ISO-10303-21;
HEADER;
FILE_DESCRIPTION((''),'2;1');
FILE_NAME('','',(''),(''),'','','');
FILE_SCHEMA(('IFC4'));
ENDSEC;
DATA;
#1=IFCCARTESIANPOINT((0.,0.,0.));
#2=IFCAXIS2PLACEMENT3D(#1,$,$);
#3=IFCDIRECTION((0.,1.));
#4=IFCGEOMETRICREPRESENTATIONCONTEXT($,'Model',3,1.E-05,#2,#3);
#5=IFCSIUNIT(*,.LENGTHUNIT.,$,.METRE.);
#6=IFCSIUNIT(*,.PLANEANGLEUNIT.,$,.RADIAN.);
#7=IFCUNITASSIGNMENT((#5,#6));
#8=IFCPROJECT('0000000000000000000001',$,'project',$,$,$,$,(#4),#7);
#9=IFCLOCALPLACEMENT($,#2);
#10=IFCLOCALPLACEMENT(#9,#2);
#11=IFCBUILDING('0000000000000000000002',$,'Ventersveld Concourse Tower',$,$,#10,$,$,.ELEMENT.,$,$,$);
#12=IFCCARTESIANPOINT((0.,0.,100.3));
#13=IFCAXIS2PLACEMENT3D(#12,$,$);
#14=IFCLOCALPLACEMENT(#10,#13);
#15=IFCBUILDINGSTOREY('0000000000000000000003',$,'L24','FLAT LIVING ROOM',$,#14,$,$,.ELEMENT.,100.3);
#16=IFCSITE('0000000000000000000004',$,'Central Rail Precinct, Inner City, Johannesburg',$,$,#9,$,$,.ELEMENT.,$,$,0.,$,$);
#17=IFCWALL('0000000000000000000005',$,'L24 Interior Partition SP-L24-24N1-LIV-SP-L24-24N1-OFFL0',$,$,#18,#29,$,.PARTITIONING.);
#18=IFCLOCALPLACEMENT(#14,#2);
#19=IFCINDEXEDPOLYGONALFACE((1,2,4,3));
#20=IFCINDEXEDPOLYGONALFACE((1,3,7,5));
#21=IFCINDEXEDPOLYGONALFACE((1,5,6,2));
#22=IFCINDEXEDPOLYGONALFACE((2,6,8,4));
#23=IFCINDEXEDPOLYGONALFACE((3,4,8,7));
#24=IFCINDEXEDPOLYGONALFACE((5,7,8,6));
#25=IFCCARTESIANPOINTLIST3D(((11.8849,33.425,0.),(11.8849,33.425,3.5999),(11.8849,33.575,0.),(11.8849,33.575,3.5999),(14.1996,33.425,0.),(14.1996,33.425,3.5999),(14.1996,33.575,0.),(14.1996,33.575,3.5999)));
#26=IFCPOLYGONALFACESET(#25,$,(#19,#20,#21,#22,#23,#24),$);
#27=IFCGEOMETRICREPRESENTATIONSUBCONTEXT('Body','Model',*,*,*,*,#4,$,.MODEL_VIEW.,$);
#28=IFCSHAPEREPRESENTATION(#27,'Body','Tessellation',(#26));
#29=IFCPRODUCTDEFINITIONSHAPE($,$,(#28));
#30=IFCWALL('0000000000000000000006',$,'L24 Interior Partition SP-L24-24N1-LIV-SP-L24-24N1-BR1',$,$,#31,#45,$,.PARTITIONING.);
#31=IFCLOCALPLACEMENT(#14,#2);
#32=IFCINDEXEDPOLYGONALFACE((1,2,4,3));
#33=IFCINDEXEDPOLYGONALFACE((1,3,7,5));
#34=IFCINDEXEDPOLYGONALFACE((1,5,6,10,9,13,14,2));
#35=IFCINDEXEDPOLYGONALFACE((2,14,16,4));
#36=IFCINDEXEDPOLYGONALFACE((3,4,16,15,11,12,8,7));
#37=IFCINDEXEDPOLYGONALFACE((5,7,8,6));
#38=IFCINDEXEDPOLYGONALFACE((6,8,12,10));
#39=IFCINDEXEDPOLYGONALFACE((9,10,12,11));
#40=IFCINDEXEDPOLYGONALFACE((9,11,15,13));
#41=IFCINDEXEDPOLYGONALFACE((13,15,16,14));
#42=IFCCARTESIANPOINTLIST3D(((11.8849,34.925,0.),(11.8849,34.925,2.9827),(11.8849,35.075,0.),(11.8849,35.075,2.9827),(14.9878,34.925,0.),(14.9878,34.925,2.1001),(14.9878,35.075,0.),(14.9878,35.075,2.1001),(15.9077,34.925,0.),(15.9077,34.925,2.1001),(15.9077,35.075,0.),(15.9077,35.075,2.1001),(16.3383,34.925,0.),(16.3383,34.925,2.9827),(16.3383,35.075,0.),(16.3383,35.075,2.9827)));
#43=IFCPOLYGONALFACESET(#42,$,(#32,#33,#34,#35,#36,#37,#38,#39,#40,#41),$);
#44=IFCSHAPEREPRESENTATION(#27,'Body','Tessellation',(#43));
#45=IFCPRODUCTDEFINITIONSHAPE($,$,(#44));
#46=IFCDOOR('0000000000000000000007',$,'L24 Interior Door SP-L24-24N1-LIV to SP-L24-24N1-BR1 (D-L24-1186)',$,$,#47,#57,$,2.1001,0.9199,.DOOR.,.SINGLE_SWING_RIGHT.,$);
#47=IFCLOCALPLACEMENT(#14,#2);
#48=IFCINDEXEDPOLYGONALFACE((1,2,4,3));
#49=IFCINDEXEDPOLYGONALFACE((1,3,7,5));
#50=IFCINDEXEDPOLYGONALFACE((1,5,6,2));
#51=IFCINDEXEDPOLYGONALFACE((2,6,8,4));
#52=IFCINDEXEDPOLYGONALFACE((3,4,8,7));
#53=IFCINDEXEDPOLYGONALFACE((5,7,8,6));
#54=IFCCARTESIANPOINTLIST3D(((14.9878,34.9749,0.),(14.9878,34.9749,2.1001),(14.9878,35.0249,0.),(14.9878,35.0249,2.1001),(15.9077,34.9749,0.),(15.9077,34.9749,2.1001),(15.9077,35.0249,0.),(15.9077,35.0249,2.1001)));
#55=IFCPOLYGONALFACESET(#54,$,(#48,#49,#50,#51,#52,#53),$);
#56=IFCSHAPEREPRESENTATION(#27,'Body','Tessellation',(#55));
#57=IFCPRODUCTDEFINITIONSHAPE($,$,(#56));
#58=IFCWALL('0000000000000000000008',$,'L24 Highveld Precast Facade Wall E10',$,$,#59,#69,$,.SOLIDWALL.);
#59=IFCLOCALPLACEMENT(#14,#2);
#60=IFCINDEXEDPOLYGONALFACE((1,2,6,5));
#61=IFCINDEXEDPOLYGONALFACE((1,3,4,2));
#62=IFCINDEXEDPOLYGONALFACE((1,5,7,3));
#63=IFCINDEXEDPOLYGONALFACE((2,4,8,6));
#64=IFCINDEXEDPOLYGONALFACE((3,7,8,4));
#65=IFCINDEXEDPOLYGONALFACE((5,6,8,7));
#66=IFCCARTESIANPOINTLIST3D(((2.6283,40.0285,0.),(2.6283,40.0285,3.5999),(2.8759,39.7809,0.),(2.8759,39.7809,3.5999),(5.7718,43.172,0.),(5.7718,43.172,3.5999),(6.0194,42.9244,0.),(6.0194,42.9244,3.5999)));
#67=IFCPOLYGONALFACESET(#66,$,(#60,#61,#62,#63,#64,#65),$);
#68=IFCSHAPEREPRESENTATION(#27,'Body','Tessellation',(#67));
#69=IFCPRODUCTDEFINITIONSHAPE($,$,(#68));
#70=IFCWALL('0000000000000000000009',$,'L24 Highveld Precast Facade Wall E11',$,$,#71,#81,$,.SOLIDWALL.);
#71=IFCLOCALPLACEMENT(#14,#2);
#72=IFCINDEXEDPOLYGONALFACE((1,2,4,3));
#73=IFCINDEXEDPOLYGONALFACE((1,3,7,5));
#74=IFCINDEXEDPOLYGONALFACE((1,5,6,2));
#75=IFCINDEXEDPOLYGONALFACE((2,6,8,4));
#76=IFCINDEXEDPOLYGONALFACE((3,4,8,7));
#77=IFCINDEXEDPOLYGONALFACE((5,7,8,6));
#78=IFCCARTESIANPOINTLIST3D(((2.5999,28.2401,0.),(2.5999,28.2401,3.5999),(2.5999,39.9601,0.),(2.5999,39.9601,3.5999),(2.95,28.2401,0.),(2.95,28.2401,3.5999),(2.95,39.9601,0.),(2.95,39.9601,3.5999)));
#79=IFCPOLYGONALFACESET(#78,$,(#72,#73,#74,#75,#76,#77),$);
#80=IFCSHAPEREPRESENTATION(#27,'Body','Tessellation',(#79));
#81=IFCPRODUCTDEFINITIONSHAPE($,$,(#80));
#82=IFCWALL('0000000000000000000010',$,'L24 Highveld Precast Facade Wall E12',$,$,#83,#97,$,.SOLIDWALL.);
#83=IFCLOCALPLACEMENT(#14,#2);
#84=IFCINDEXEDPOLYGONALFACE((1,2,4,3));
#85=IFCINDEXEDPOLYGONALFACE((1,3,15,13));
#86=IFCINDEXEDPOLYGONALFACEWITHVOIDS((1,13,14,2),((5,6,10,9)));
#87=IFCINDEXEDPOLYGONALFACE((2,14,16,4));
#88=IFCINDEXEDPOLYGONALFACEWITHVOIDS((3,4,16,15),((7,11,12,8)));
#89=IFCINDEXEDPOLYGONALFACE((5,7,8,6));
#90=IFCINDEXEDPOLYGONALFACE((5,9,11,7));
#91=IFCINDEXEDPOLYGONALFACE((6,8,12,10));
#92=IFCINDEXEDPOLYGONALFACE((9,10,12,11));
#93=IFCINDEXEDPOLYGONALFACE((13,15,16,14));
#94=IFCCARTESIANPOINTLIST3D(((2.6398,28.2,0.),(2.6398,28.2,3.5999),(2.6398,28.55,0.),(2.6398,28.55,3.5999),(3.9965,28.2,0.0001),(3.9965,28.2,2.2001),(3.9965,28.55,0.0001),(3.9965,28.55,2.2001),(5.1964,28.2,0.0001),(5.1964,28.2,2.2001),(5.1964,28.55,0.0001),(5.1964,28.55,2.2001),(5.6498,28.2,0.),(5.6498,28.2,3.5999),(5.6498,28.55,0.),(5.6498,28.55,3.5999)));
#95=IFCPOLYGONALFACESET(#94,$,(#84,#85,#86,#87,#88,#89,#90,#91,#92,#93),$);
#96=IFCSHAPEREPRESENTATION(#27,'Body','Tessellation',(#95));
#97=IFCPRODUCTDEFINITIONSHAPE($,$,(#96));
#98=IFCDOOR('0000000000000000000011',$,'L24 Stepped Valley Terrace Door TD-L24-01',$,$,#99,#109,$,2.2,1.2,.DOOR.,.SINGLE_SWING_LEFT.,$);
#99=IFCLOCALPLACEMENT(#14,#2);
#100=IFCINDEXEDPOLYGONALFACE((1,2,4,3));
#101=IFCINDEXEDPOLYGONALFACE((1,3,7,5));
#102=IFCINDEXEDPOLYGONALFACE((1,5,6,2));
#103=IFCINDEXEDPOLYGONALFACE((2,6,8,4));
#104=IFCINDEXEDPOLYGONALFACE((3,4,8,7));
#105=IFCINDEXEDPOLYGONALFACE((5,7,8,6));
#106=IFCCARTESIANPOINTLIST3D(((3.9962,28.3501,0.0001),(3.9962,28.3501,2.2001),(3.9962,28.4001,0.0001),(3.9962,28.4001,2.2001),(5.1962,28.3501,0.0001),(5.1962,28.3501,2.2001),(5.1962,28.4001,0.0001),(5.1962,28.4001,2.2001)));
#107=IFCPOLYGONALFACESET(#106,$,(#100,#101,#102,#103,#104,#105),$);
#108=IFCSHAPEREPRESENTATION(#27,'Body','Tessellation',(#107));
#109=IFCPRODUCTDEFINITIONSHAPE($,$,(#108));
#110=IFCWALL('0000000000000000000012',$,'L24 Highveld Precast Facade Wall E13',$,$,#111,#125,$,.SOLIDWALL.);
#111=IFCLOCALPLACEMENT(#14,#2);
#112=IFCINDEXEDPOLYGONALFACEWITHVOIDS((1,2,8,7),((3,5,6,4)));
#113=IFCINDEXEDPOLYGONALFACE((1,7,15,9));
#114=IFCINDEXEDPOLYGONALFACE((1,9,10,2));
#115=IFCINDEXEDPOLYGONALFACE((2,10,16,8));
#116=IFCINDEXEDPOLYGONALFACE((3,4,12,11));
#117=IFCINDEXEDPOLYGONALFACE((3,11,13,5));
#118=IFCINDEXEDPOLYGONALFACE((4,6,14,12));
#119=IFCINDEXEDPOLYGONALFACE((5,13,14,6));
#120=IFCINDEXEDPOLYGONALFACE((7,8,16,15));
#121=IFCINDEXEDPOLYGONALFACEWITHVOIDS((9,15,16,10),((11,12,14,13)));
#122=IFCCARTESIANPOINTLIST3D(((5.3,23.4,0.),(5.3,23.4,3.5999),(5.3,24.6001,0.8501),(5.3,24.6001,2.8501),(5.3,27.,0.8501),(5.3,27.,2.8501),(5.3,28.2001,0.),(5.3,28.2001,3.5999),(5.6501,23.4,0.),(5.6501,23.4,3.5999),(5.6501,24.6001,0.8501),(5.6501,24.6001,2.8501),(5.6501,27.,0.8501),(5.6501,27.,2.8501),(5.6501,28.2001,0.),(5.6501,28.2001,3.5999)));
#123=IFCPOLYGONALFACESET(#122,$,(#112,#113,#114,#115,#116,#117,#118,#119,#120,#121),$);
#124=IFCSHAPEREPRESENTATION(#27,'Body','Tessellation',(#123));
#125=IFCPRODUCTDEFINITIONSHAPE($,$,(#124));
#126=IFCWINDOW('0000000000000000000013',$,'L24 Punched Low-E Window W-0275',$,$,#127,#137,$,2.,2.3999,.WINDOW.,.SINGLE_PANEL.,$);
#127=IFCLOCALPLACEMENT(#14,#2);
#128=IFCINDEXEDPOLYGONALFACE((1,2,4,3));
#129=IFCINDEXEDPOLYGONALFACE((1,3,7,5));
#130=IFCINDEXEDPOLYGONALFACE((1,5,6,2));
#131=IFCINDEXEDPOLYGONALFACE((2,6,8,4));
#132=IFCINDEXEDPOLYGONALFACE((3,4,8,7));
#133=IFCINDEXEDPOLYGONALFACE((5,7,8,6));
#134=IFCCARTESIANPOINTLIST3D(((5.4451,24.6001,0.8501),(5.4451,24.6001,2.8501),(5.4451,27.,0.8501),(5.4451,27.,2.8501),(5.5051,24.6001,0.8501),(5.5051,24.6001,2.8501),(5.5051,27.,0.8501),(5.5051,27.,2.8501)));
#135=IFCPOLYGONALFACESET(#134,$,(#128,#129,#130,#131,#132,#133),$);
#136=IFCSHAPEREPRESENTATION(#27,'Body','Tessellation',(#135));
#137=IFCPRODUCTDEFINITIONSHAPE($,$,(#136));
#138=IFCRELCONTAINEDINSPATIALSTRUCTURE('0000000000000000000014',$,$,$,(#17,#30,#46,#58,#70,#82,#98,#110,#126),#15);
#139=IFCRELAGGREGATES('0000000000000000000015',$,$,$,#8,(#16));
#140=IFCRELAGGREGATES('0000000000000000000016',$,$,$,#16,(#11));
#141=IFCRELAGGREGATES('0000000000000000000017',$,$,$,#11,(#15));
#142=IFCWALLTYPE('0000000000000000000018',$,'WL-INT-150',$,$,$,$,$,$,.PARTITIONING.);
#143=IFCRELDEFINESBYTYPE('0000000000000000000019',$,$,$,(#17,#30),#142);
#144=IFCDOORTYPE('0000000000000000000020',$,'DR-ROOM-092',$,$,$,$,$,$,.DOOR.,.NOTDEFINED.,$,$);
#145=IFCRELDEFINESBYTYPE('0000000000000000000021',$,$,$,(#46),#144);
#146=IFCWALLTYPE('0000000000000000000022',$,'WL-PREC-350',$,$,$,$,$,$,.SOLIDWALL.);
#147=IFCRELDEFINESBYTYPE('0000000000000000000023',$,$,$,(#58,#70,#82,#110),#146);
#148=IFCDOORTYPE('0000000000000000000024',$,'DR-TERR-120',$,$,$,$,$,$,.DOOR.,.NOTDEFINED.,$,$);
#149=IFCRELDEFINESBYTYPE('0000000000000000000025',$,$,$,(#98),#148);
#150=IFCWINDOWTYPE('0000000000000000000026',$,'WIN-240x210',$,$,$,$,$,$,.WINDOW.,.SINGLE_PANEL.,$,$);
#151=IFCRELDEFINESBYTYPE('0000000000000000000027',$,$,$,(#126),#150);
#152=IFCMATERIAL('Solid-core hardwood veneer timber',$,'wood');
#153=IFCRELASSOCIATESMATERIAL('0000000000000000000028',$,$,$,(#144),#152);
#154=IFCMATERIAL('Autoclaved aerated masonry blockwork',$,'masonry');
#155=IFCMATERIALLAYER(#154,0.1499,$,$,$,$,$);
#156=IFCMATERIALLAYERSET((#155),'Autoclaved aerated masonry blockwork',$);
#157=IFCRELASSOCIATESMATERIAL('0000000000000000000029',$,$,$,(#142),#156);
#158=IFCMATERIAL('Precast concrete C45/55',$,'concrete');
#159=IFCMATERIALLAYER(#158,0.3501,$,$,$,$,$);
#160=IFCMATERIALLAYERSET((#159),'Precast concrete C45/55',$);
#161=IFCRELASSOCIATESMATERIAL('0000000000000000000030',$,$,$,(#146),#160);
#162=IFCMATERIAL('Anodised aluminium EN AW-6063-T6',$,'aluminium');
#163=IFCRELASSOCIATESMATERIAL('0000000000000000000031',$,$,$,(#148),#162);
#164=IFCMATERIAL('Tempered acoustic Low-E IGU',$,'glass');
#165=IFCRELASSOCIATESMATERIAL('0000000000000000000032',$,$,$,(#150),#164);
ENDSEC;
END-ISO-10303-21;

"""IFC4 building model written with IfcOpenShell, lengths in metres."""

from ifc_helpers import new_model, si_unit, direction, frame, frame_2d, origin, place, context, subcontext, project, spatial, rectangle, extrude, material, layer, layer_set, type_object, element, fill, save


model = new_model("IFC4")

# Units and contexts
model_context = context("Model", 3, precision=1e-05, world=origin(), true_north=direction((0.0, 1.0)))
body_context = subcontext(model_context, "Body", "Model", "MODEL_VIEW")
ifc_project = project(units=[si_unit("LENGTHUNIT", "METRE"), si_unit("PLANEANGLEUNIT", "RADIAN")], contexts=[model_context])

# Site, building, storey
site_placement = place(None, origin())
site = spatial("IfcSite", under=ifc_project, at=site_placement, Name="Central Rail Precinct, Inner City, Johannesburg", CompositionType="ELEMENT", RefElevation=0.0)
building_placement = place(site_placement, origin())
building = spatial("IfcBuilding", under=site, at=building_placement, Name="Ventersveld Concourse Tower", CompositionType="ELEMENT")
storey_placement = place(building_placement, frame((0.0, 0.0, 100.3)))
storey = spatial("IfcBuildingStorey", under=building, at=storey_placement, Name="L24", Description="FLAT LIVING ROOM", CompositionType="ELEMENT", Elevation=100.3)

# Shared definitions
ifc_material_1 = material(Name="Solid-core hardwood veneer timber", Category="wood")
door_type_1 = type_object("IfcDoorType", Name="DR-ROOM-092", OperationType="NOTDEFINED", PredefinedType="DOOR", material=ifc_material_1)

# Wall
ifc_material_2 = material(Name="Autoclaved aerated masonry blockwork", Category="masonry")
ifc_layer_1 = layer(ifc_material_2, 0.1499)
ifc_layer_set_1 = layer_set([ifc_layer_1], Name="Autoclaved aerated masonry blockwork")
wall_type_1 = type_object("IfcWallType", Name="WL-INT-150", PredefinedType="PARTITIONING", material=ifc_layer_set_1)
wall_1_placement = place(storey_placement, frame((11.885, 33.5, 0.0), z_axis=(0.0, 0.0, 1.0), x_axis=(1.0, 0.0, 0.0)))
element("IfcWall", 1, at=wall_1_placement, inside=storey, type_object=wall_type_1, Name="L24 Interior Partition SP-L24-24N1-LIV-SP-L24-24N1-OFFL0", PredefinedType="PARTITIONING", context=body_context, shape_type="SweptSolid", body=[
    extrude(rectangle(XDim=2.3147, YDim=0.1499, at=frame_2d((1.1572, 0.0))), origin(), (0.0, 0.0, 1.0), 3.5999),
])

# Wall, opening, door
wall_2_placement = place(storey_placement, frame((11.885, 35.0, 0.0), z_axis=(0.0, 0.0, 1.0), x_axis=(1.0, 0.0, 0.0)))
wall_2 = element("IfcWall", 2, at=wall_2_placement, inside=storey, type_object=wall_type_1, Name="L24 Interior Partition SP-L24-24N1-LIV-SP-L24-24N1-BR1", PredefinedType="PARTITIONING", context=body_context, shape_type="SweptSolid", body=[
    extrude(rectangle(XDim=4.4534, YDim=0.1499, at=frame_2d((2.2266, 0.0))), origin(), (0.0, 0.0, 1.0), 2.9827),
])
opening_1_placement = place(wall_2_placement, frame((3.1028, 0.0, 0.0)))
opening_1 = element("IfcOpeningElement", 3, at=opening_1_placement, cuts=wall_2, PredefinedType="OPENING", context=body_context, shape_type="SweptSolid", body=[
    extrude(rectangle(XDim=0.9199, YDim=2.1001, at=frame_2d((0.46, 1.05))), frame((0.0, 0.085, 0.0), z_axis=(0.0, -1.0, 0.0), x_axis=(1.0, 0.0, 0.0)), (0.0, 0.0, 1.0), 0.1699),
])
door_1_placement = place(opening_1_placement, origin())
door_1 = element("IfcDoor", 4, at=door_1_placement, inside=storey, type_object=door_type_1, Name="L24 Interior Door SP-L24-24N1-LIV to SP-L24-24N1-BR1 (D-L24-1186)", OperationType="SINGLE_SWING_RIGHT", OverallHeight=2.1001, OverallWidth=0.9199, PredefinedType="DOOR", context=body_context, shape_type="SweptSolid", body=[
    extrude(rectangle(XDim=0.9199, YDim=2.1001, at=frame_2d((0.46, 1.05))), frame((0.0, 0.0249, 0.0), z_axis=(0.0, -1.0, 0.0), x_axis=(1.0, 0.0, 0.0)), (0.0, 0.0, 1.0), 0.05),
])
fill(opening_1, door_1)

# Walls
ifc_material_3 = material(Name="Precast concrete C45/55", Category="concrete")
ifc_layer_2 = layer(ifc_material_3, 0.3501)
ifc_layer_set_2 = layer_set([ifc_layer_2], Name="Precast concrete C45/55")
wall_type_2 = type_object("IfcWallType", Name="WL-PREC-350", PredefinedType="SOLIDWALL", material=ifc_layer_set_2)
wall_3_placement = place(storey_placement, frame((5.8955, 43.0481, 0.0), z_axis=(0.0, 0.0, 1.0), x_axis=(-0.707107, -0.707107, 0.0)))
element("IfcWall", 5, at=wall_3_placement, inside=storey, type_object=wall_type_2, Name="L24 Highveld Precast Facade Wall E10", PredefinedType="SOLIDWALL", context=body_context, shape_type="SweptSolid", body=[
    extrude(rectangle(XDim=4.4456, YDim=0.3501, at=frame_2d((2.2227, 0.0))), origin(), (0.0, 0.0, 1.0), 3.5999),
])
wall_4_placement = place(storey_placement, frame((2.7749, 39.96, 0.0), z_axis=(0.0, 0.0, 1.0), x_axis=(0.0, -1.0, 0.0)))
element("IfcWall", 6, at=wall_4_placement, inside=storey, type_object=wall_type_2, Name="L24 Highveld Precast Facade Wall E11", PredefinedType="SOLIDWALL", context=body_context, shape_type="SweptSolid", body=[
    extrude(rectangle(XDim=11.72, YDim=0.3501, at=frame_2d((5.8599, 0.0))), origin(), (0.0, 0.0, 1.0), 3.5999),
])

# Wall, opening, door
wall_5_placement = place(storey_placement, frame((2.6399, 28.375, 0.0), z_axis=(0.0, 0.0, 1.0), x_axis=(1.0, 0.0, 0.0)))
wall_5 = element("IfcWall", 7, at=wall_5_placement, inside=storey, type_object=wall_type_2, Name="L24 Highveld Precast Facade Wall E12", PredefinedType="SOLIDWALL", context=body_context, shape_type="SweptSolid", body=[
    extrude(rectangle(XDim=3.01, YDim=0.3501, at=frame_2d((1.5049, 0.0))), origin(), (0.0, 0.0, 1.0), 3.5999),
])
opening_2_placement = place(wall_5_placement, frame((1.3564, 0.0, 0.0)))
opening_2 = element("IfcOpeningElement", 8, at=opening_2_placement, cuts=wall_5, PredefinedType="OPENING", context=body_context, shape_type="SweptSolid", body=[
    extrude(rectangle(XDim=1.2, YDim=2.2, at=frame_2d((0.6001, 1.1001))), frame((0.0, 0.1851, 0.0), z_axis=(0.0, -1.0, 0.0), x_axis=(1.0, 0.0, 0.0)), (0.0, 0.0, 1.0), 0.3701),
])
ifc_material_4 = material(Name="Anodised aluminium EN AW-6063-T6", Category="aluminium")
door_type_2 = type_object("IfcDoorType", Name="DR-TERR-120", OperationType="NOTDEFINED", PredefinedType="DOOR", material=ifc_material_4)
door_2_placement = place(opening_2_placement, frame((1.2, 0.0, 0.0), z_axis=(0.0, 0.0, 1.0), x_axis=(-1.0, 0.0, 0.0)))
door_2 = element("IfcDoor", 9, at=door_2_placement, inside=storey, type_object=door_type_2, Name="L24 Stepped Valley Terrace Door TD-L24-01", OperationType="SINGLE_SWING_LEFT", OverallHeight=2.2, OverallWidth=1.2, PredefinedType="DOOR", context=body_context, shape_type="SweptSolid", body=[
    extrude(rectangle(XDim=1.2, YDim=2.2, at=frame_2d((0.6001, 1.1001))), frame((0.0, 0.0249, 0.0), z_axis=(0.0, -1.0, 0.0), x_axis=(1.0, 0.0, 0.0)), (0.0, 0.0, 1.0), 0.05),
])
fill(opening_2, door_2)

# Wall, opening, window
wall_6_placement = place(storey_placement, frame((5.4751, 28.2, 0.0), z_axis=(0.0, 0.0, 1.0), x_axis=(0.0, -1.0, 0.0)))
wall_6 = element("IfcWall", 10, at=wall_6_placement, inside=storey, type_object=wall_type_2, Name="L24 Highveld Precast Facade Wall E13", PredefinedType="SOLIDWALL", context=body_context, shape_type="SweptSolid", body=[
    extrude(rectangle(XDim=4.8, YDim=0.3501, at=frame_2d((2.3999, 0.0))), origin(), (0.0, 0.0, 1.0), 3.5999),
])
opening_3_placement = place(wall_6_placement, frame((1.2, 0.0, 0.8501)))
opening_3 = element("IfcOpeningElement", 11, at=opening_3_placement, cuts=wall_6, PredefinedType="OPENING", context=body_context, shape_type="SweptSolid", body=[
    extrude(rectangle(XDim=2.3999, YDim=2.0, at=frame_2d((1.2, 1.0))), frame((0.0, 0.1851, 0.0), z_axis=(0.0, -1.0, 0.0), x_axis=(1.0, 0.0, 0.0)), (0.0, 0.0, 1.0), 0.3701),
])
ifc_material_5 = material(Name="Tempered acoustic Low-E IGU", Category="glass")
window_type = type_object("IfcWindowType", Name="WIN-240x210", PartitioningType="SINGLE_PANEL", PredefinedType="WINDOW", material=ifc_material_5)
window_placement = place(opening_3_placement, origin())
window = element("IfcWindow", 12, at=window_placement, inside=storey, type_object=window_type, Name="L24 Punched Low-E Window W-0275", OverallHeight=2.0, OverallWidth=2.3999, PartitioningType="SINGLE_PANEL", PredefinedType="WINDOW", context=body_context, shape_type="SweptSolid", body=[
    extrude(rectangle(XDim=2.3999, YDim=2.0, at=frame_2d((1.2, 1.0))), frame((0.0, 0.03, 0.0), z_axis=(0.0, -1.0, 0.0), x_axis=(1.0, 0.0, 0.0)), (0.0, 0.0, 1.0), 0.0601),
])
fill(opening_3, window)

save(model, "model.ifc")
